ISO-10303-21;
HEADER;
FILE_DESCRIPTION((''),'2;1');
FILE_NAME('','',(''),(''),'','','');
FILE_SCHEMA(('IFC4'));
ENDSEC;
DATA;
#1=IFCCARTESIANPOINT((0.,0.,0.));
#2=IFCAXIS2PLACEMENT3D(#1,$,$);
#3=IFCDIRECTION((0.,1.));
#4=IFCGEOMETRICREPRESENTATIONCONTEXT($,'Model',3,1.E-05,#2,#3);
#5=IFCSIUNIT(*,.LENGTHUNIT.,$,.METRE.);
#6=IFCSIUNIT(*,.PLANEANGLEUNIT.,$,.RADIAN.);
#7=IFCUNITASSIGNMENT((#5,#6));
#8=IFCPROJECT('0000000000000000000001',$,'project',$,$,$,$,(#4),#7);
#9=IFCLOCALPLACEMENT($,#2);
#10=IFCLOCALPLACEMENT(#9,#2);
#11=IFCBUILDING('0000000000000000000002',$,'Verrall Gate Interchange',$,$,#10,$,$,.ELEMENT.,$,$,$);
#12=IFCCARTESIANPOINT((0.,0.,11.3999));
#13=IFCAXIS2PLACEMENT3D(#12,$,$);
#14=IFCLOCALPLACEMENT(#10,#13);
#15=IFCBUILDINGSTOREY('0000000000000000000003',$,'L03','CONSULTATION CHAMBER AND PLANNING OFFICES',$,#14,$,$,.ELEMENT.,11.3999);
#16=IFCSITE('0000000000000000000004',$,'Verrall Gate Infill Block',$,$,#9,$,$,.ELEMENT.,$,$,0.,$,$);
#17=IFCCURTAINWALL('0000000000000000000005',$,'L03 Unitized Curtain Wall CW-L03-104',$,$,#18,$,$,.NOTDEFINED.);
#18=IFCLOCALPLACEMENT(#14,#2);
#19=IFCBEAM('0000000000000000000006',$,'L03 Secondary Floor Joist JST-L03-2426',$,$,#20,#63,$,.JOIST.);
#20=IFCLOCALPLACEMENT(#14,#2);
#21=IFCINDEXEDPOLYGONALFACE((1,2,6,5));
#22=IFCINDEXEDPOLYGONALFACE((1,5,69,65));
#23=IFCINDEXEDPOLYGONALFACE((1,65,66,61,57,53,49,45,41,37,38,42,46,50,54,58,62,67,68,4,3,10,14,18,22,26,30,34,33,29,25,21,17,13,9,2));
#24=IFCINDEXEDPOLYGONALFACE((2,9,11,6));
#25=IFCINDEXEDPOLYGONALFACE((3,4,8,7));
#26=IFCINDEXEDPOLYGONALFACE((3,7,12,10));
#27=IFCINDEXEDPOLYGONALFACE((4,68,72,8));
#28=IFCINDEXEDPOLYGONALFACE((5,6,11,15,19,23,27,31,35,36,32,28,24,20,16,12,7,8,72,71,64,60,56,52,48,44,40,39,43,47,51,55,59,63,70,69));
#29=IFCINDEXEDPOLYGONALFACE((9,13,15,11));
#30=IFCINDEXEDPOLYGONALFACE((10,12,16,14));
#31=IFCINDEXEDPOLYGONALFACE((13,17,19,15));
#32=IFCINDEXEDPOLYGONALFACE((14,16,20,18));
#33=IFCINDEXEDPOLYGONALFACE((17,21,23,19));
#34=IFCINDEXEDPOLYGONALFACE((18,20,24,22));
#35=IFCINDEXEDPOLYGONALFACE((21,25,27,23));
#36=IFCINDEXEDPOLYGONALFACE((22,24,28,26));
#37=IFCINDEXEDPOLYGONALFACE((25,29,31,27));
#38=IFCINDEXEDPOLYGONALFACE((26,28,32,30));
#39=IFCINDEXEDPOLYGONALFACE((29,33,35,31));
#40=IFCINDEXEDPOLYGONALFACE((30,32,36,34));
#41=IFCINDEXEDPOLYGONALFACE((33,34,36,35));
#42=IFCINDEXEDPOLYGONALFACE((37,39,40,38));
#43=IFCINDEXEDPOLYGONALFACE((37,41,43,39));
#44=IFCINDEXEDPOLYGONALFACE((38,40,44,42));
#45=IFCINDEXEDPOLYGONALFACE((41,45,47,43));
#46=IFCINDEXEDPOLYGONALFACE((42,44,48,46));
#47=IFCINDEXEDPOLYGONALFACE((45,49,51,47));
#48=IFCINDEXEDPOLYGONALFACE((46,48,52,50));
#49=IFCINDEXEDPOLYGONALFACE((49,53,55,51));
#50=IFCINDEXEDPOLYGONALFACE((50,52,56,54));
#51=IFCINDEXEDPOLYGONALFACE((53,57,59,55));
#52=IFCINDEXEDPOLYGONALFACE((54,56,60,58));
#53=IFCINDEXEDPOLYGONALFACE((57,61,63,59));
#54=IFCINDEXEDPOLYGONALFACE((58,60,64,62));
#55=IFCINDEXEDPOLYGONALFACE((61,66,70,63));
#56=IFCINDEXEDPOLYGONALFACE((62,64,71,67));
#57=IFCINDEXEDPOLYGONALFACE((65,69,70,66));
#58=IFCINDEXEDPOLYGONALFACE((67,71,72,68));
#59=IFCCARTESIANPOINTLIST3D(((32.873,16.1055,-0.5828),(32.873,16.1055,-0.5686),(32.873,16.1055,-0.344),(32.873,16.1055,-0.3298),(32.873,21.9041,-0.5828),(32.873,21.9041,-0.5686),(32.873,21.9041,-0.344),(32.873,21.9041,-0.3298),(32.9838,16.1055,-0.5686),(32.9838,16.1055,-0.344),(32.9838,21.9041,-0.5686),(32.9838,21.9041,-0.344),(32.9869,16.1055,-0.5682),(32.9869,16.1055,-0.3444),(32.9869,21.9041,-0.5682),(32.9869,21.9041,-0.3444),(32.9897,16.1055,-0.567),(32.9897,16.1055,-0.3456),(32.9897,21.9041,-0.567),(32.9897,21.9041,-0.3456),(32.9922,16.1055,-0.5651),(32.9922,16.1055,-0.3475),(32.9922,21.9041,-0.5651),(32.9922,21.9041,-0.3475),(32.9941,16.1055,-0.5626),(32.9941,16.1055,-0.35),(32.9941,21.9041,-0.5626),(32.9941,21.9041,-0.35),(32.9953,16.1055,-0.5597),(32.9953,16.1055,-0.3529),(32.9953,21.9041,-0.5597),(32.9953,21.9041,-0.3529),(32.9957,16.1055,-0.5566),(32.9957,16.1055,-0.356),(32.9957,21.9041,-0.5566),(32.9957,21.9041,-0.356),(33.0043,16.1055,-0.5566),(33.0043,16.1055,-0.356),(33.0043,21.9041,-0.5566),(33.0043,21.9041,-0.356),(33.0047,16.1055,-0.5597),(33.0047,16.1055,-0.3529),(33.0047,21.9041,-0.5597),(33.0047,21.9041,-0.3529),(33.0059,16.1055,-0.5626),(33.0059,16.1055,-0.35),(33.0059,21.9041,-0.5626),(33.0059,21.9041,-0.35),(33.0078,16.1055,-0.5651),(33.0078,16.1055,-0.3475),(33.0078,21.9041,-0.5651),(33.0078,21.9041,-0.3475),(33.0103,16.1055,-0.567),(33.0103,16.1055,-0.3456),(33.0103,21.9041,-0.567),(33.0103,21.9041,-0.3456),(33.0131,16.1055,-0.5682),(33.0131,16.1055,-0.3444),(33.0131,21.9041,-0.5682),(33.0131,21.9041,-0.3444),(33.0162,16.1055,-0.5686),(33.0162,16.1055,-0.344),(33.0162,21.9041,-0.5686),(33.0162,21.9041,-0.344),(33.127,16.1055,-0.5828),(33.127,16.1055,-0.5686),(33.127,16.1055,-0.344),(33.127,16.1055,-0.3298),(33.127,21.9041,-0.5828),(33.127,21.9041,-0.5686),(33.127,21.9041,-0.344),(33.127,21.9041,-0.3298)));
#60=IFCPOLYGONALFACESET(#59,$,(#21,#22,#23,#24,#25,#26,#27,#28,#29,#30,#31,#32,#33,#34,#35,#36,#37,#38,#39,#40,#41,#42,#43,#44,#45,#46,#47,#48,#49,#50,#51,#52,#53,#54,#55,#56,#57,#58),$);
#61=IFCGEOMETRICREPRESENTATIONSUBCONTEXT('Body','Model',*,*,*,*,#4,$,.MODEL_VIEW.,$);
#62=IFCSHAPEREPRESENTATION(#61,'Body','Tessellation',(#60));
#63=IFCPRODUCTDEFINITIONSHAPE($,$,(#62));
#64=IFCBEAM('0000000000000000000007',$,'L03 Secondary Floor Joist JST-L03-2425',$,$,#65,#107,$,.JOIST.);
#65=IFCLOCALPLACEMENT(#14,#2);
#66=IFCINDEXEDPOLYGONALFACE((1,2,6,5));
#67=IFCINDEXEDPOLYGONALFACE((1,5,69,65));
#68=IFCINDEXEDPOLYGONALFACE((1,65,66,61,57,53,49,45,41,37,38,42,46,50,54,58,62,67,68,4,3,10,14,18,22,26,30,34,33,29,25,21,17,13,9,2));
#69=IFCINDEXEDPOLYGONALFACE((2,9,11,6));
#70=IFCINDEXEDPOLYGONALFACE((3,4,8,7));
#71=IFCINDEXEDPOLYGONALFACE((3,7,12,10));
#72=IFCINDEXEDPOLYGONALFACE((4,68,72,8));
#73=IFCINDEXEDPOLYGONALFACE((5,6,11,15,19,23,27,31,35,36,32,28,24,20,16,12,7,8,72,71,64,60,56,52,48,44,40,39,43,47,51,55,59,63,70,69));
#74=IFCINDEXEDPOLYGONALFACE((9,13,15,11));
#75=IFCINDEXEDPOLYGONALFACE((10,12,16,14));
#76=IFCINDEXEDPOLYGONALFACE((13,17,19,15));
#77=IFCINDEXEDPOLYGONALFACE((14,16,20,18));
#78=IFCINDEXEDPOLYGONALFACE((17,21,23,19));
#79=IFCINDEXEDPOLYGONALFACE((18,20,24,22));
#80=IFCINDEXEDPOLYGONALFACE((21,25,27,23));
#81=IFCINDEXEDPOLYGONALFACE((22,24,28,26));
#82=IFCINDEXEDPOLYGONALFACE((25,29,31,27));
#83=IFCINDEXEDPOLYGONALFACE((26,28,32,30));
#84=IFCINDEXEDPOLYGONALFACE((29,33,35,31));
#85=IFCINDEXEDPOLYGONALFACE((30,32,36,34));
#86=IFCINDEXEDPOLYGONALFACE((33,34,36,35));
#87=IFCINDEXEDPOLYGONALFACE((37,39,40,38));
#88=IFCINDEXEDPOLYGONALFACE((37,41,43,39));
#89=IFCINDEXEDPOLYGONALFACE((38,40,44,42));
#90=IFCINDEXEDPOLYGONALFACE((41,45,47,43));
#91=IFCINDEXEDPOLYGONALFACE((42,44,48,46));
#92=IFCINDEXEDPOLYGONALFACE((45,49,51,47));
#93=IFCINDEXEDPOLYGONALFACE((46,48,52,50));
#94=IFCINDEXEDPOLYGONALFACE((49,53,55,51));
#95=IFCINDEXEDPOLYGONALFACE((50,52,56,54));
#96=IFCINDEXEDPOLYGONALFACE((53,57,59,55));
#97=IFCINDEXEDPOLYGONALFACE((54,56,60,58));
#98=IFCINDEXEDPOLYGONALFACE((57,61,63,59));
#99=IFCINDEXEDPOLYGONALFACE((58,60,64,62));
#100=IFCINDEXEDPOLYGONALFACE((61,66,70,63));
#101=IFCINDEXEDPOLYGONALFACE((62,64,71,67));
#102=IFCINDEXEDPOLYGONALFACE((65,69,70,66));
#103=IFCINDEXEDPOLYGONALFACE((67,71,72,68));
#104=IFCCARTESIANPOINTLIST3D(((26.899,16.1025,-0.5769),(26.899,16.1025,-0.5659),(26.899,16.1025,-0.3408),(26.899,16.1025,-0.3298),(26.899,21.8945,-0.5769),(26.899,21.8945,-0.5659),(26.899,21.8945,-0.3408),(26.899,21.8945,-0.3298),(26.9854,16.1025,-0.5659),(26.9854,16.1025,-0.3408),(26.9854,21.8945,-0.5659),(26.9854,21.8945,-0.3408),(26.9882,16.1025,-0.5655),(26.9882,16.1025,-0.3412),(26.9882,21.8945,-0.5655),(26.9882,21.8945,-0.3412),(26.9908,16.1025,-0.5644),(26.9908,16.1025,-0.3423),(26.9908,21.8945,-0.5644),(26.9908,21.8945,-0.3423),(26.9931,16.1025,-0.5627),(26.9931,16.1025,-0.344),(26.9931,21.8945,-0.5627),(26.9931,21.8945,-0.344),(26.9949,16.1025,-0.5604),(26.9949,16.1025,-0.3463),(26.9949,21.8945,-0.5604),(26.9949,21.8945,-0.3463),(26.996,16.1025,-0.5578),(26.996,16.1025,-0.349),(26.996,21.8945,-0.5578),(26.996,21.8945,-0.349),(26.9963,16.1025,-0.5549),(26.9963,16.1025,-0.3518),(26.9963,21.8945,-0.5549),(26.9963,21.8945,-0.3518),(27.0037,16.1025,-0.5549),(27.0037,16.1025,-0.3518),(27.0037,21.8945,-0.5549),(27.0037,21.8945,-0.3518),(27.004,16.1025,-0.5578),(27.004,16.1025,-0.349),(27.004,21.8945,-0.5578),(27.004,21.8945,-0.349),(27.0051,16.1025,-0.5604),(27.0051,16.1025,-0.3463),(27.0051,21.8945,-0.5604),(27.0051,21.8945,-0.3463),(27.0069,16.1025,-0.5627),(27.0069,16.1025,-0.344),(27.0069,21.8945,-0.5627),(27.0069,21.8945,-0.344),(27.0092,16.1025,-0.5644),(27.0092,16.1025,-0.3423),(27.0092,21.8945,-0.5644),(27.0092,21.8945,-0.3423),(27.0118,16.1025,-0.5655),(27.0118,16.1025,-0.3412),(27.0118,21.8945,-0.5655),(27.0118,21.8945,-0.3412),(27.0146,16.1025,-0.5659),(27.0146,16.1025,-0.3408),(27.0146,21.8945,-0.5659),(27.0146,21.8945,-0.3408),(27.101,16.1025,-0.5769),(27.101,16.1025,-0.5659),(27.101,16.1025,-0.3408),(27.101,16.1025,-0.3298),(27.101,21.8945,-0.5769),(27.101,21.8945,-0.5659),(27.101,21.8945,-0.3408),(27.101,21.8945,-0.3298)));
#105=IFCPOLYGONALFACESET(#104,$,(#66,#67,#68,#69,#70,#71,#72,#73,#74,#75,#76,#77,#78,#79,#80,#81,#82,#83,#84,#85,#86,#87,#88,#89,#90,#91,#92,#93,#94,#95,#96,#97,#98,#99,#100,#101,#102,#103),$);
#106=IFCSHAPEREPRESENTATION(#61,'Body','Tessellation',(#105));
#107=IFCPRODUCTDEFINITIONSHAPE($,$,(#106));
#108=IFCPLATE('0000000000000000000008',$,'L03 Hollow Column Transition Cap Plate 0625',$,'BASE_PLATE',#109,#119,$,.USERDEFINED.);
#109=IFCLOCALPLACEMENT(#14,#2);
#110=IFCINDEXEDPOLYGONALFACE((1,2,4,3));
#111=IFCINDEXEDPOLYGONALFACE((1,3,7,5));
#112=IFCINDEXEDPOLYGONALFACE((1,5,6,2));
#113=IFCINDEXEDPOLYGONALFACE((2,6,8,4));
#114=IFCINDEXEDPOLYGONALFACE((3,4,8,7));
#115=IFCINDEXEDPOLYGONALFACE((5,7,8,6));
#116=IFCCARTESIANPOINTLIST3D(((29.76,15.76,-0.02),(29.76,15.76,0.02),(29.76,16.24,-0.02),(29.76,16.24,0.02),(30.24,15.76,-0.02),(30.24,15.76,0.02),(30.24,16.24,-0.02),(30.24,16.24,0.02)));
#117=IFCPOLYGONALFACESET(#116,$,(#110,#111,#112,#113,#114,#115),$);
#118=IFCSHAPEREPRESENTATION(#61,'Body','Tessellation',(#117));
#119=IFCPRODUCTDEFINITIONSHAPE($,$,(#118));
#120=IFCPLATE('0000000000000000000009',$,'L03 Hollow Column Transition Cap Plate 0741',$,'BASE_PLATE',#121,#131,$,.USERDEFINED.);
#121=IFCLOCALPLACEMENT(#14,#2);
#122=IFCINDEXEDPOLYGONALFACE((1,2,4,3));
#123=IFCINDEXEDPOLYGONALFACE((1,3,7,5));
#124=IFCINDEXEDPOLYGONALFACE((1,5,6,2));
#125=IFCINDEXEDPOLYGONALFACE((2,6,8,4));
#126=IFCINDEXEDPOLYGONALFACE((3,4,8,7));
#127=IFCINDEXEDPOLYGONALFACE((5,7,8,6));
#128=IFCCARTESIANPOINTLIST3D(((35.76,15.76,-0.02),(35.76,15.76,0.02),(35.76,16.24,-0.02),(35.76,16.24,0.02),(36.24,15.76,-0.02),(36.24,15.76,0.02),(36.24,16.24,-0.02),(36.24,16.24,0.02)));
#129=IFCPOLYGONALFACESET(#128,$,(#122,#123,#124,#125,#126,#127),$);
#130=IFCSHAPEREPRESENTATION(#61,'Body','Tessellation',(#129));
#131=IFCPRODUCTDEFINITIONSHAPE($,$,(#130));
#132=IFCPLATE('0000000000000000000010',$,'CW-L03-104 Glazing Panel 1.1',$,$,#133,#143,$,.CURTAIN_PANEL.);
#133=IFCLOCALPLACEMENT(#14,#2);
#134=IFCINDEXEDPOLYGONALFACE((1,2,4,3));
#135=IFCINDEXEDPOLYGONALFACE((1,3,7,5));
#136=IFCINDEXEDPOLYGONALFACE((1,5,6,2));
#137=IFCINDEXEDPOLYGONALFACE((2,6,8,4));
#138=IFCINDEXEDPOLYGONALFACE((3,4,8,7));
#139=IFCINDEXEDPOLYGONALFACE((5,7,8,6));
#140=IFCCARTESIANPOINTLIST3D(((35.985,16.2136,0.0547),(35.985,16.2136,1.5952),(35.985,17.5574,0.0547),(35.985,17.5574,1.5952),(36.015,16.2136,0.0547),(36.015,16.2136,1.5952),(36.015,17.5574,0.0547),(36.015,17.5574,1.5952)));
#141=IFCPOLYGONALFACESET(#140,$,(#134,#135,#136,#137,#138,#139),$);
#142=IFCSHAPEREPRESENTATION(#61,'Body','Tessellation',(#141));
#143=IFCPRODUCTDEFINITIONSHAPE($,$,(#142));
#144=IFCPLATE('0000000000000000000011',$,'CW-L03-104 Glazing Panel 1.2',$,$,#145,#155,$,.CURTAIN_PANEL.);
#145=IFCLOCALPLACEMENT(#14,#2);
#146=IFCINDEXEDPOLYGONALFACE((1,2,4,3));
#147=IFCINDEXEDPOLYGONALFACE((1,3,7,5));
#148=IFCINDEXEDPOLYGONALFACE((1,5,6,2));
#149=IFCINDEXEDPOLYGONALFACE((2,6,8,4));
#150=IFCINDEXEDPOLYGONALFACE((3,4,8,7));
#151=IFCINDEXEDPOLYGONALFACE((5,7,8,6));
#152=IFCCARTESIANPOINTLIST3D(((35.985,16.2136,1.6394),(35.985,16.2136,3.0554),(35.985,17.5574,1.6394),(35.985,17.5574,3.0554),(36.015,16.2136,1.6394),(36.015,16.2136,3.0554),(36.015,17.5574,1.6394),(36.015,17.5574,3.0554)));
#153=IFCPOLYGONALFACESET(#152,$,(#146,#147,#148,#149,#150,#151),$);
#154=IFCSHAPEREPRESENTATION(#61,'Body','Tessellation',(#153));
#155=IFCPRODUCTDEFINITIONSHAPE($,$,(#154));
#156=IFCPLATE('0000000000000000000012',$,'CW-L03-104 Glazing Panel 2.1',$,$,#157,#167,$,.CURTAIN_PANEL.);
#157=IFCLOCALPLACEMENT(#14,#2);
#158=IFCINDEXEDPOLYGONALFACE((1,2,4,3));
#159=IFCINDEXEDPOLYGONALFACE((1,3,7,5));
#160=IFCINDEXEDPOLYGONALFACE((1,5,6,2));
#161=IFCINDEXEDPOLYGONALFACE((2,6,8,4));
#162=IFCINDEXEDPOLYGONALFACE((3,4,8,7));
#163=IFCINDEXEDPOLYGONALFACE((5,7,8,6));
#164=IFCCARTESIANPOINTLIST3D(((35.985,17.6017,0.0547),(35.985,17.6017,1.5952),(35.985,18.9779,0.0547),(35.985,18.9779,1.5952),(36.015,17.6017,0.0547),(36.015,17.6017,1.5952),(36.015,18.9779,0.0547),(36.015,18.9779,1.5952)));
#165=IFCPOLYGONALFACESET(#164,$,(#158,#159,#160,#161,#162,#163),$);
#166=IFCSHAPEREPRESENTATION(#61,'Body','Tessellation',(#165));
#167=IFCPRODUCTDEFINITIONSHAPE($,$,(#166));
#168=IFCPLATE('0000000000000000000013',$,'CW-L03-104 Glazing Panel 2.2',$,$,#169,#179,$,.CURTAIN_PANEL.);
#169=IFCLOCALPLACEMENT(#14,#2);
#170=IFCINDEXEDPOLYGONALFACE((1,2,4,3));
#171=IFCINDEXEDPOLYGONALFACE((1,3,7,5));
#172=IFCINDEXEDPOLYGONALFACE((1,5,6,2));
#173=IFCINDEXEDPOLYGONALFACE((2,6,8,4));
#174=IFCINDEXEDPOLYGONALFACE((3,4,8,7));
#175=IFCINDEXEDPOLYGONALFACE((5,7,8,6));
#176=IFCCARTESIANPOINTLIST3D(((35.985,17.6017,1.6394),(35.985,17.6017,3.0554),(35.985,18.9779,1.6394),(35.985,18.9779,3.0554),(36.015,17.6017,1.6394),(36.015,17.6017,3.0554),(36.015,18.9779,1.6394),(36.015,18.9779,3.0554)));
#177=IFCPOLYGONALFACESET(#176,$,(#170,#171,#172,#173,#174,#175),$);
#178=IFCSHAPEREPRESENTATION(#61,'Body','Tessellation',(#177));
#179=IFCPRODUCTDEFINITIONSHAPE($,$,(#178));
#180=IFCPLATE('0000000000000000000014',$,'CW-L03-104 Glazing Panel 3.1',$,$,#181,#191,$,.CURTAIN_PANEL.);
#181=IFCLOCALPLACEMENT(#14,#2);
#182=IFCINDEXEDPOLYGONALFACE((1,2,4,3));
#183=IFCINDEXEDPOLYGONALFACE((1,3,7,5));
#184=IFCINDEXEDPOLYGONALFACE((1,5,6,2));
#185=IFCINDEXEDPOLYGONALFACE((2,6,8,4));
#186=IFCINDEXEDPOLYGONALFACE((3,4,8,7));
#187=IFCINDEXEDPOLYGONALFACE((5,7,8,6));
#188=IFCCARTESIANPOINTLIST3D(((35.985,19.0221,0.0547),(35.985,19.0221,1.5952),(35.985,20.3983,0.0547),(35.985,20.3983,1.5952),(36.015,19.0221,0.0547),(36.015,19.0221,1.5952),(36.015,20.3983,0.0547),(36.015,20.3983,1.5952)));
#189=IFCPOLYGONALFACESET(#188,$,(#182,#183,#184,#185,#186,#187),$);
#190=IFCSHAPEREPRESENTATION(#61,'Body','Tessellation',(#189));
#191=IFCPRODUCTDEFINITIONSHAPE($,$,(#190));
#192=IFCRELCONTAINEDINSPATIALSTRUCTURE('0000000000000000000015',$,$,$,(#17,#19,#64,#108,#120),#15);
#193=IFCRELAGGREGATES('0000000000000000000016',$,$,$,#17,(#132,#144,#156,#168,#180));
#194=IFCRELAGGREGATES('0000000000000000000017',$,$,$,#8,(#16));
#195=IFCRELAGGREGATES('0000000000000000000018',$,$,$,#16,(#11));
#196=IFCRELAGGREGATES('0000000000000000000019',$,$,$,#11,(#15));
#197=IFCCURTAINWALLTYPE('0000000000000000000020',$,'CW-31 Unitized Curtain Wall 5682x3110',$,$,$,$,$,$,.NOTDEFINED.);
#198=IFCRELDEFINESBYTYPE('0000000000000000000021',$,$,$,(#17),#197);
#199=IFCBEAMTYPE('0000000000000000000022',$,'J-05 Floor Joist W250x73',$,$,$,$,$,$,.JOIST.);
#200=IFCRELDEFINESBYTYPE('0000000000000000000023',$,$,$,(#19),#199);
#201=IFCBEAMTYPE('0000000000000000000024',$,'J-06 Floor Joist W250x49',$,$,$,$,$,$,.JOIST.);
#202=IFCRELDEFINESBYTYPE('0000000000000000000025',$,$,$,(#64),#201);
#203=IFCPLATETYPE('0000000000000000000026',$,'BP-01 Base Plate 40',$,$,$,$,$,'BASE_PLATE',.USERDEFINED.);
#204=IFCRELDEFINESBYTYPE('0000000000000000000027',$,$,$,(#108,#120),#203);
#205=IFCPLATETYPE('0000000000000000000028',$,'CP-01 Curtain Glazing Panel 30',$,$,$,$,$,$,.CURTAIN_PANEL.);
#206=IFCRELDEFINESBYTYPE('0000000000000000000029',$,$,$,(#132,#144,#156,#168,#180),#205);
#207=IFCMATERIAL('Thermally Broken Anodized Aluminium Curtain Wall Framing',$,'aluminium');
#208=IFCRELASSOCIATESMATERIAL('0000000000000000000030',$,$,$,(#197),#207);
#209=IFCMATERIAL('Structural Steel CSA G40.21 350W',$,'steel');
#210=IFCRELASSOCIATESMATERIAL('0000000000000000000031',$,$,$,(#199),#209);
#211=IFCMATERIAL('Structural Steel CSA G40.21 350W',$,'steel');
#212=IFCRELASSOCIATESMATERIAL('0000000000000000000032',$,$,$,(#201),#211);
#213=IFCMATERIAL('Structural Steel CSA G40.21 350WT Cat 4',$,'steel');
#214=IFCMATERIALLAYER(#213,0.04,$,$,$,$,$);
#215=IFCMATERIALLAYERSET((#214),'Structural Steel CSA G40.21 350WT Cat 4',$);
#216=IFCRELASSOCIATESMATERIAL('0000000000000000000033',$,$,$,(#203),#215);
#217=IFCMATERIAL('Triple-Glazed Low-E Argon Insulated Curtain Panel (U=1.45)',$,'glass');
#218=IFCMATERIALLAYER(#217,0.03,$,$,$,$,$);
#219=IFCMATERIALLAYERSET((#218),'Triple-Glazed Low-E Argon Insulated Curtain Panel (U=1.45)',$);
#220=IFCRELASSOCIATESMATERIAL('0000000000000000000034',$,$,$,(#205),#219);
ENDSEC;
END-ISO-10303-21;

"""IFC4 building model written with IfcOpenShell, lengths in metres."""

from ifc_helpers import new_model, si_unit, direction, frame, origin, origin_2d, place, context, subcontext, project, spatial, rectangle, i_section, extrude, material, layer, layer_set, material_profile, profile_set, type_object, element, aggregate, save


model = new_model("IFC4")

# Units and contexts
model_context = context("Model", 3, precision=1e-05, world=origin(), true_north=direction((0.0, 1.0)))
body_context = subcontext(model_context, "Body", "Model", "MODEL_VIEW")
ifc_project = project(units=[si_unit("LENGTHUNIT", "METRE"), si_unit("PLANEANGLEUNIT", "RADIAN")], contexts=[model_context])

# Site, building, storey
site_placement = place(None, origin())
site = spatial("IfcSite", under=ifc_project, at=site_placement, Name="Verrall Gate Infill Block", CompositionType="ELEMENT", RefElevation=0.0)
building_placement = place(site_placement, origin())
building = spatial("IfcBuilding", under=site, at=building_placement, Name="Verrall Gate Interchange", CompositionType="ELEMENT")
storey_placement = place(building_placement, frame((0.0, 0.0, 11.3999)))
storey = spatial("IfcBuildingStorey", under=building, at=storey_placement, Name="L03", Description="CONSULTATION CHAMBER AND PLANNING OFFICES", CompositionType="ELEMENT", Elevation=11.3999)

# Curtain wall
ifc_material_1 = material(Name="Thermally Broken Anodized Aluminium Curtain Wall Framing", Category="aluminium")
curtain_wall_type = type_object("IfcCurtainWallType", Name="CW-31 Unitized Curtain Wall 5682x3110", PredefinedType="NOTDEFINED", material=ifc_material_1)
curtain_wall_placement = place(storey_placement, origin())
curtain_wall = element("IfcCurtainWall", 1, at=curtain_wall_placement, inside=storey, type_object=curtain_wall_type, Name="L03 Unitized Curtain Wall CW-L03-104", PredefinedType="NOTDEFINED")

# Beams
ifc_material_2 = material(Name="Structural Steel CSA G40.21 350W", Category="steel")
ifc_material_profile_1 = material_profile(ifc_material_2, i_section(OverallWidth=0.2539, OverallDepth=0.2529, WebThickness=0.0085, FlangeThickness=0.0142, FilletRadius=0.012, at=origin_2d()), Name="W250x73")
ifc_profile_set_1 = profile_set([ifc_material_profile_1], Name="Structural Steel CSA G40.21 350W")
beam_type_1 = type_object("IfcBeamType", Name="J-05 Floor Joist W250x73", PredefinedType="JOIST", material=ifc_profile_set_1)
beam_1_placement = place(storey_placement, frame((33.0, 16.1055, -0.4563), z_axis=(0.0, 1.0, 0.0), x_axis=(-1.0, 0.0, 0.0)))
element("IfcBeam", 2, at=beam_1_placement, inside=storey, type_object=beam_type_1, Name="L03 Secondary Floor Joist JST-L03-2426", PredefinedType="JOIST", context=body_context, shape_type="SweptSolid", body=[
    extrude(i_section(OverallWidth=0.2539, OverallDepth=0.2529, WebThickness=0.0085, FlangeThickness=0.0142, FilletRadius=0.012, at=origin_2d()), origin(), (0.0, 0.0, 1.0), 5.7986),
])
ifc_material_3 = material(Name="Structural Steel CSA G40.21 350W", Category="steel")
ifc_material_profile_2 = material_profile(ifc_material_3, i_section(OverallWidth=0.2019, OverallDepth=0.2471, WebThickness=0.0073, FlangeThickness=0.011, FilletRadius=0.011, at=origin_2d()), Name="W250x49")
ifc_profile_set_2 = profile_set([ifc_material_profile_2], Name="Structural Steel CSA G40.21 350W")
beam_type_2 = type_object("IfcBeamType", Name="J-06 Floor Joist W250x49", PredefinedType="JOIST", material=ifc_profile_set_2)
beam_2_placement = place(storey_placement, frame((27.0, 16.1025, -0.4534), z_axis=(0.0, 1.0, 0.0), x_axis=(-1.0, 0.0, 0.0)))
element("IfcBeam", 3, at=beam_2_placement, inside=storey, type_object=beam_type_2, Name="L03 Secondary Floor Joist JST-L03-2425", PredefinedType="JOIST", context=body_context, shape_type="SweptSolid", body=[
    extrude(i_section(OverallWidth=0.2019, OverallDepth=0.2471, WebThickness=0.0073, FlangeThickness=0.011, FilletRadius=0.011, at=origin_2d()), origin(), (0.0, 0.0, 1.0), 5.792),
])

# Plates
ifc_material_4 = material(Name="Structural Steel CSA G40.21 350WT Cat 4", Category="steel")
ifc_layer_1 = layer(ifc_material_4, 0.04)
ifc_layer_set_1 = layer_set([ifc_layer_1], Name="Structural Steel CSA G40.21 350WT Cat 4")
plate_type_1 = type_object("IfcPlateType", Name="BP-01 Base Plate 40", ElementType="BASE_PLATE", PredefinedType="USERDEFINED", material=ifc_layer_set_1)
for number, where, z_axis, x_axis, name in (
    (4, (30.0, 16.0, -0.02), (0.0, 0.0, 1.0), (1.0, 0.0, 0.0), "L03 Hollow Column Transition Cap Plate 0625"),
    (5, (36.0, 16.0, -0.02), (0.0, 0.0, 1.0), (1.0, 0.0, 0.0), "L03 Hollow Column Transition Cap Plate 0741"),
):
    element("IfcPlate", number, at=place(storey_placement, frame(where, z_axis=z_axis, x_axis=x_axis)), inside=storey, type_object=plate_type_1, Name=name, ObjectType="BASE_PLATE", PredefinedType="USERDEFINED", context=body_context, shape_type="SweptSolid", body=[
        extrude(rectangle(XDim=0.48, YDim=0.48, at=origin_2d()), origin(), (0.0, 0.0, 1.0), 0.04),
    ])

# Plates
ifc_material_5 = material(Name="Triple-Glazed Low-E Argon Insulated Curtain Panel (U=1.45)", Category="glass")
ifc_layer_2 = layer(ifc_material_5, 0.03)
ifc_layer_set_2 = layer_set([ifc_layer_2], Name="Triple-Glazed Low-E Argon Insulated Curtain Panel (U=1.45)")
plate_type_2 = type_object("IfcPlateType", Name="CP-01 Curtain Glazing Panel 30", PredefinedType="CURTAIN_PANEL", material=ifc_layer_set_2)
plate_1_placement = place(storey_placement, frame((36.0, 16.8855, 0.0547), z_axis=(0.0, 0.0, 1.0), x_axis=(0.0, 1.0, 0.0)))
plate_1 = element("IfcPlate", 6, at=plate_1_placement, type_object=plate_type_2, Name="CW-L03-104 Glazing Panel 1.1", PredefinedType="CURTAIN_PANEL", context=body_context, shape_type="SweptSolid", body=[
    extrude(rectangle(XDim=1.3438, YDim=0.03, at=origin_2d()), origin(), (0.0, 0.0, 1.0), 1.5405),
])
plate_2_placement = place(storey_placement, frame((36.0, 16.8855, 1.6394), z_axis=(0.0, 0.0, 1.0), x_axis=(0.0, 1.0, 0.0)))
plate_2 = element("IfcPlate", 7, at=plate_2_placement, type_object=plate_type_2, Name="CW-L03-104 Glazing Panel 1.2", PredefinedType="CURTAIN_PANEL", context=body_context, shape_type="SweptSolid", body=[
    extrude(rectangle(XDim=1.3438, YDim=0.03, at=origin_2d()), origin(), (0.0, 0.0, 1.0), 1.416),
])
plate_3_placement = place(storey_placement, frame((36.0, 18.2898, 0.0547), z_axis=(0.0, 0.0, 1.0), x_axis=(0.0, 1.0, 0.0)))
plate_3 = element("IfcPlate", 8, at=plate_3_placement, type_object=plate_type_2, Name="CW-L03-104 Glazing Panel 2.1", PredefinedType="CURTAIN_PANEL", context=body_context, shape_type="SweptSolid", body=[
    extrude(rectangle(XDim=1.3762, YDim=0.03, at=origin_2d()), origin(), (0.0, 0.0, 1.0), 1.5405),
])
plate_4_placement = place(storey_placement, frame((36.0, 18.2898, 1.6394), z_axis=(0.0, 0.0, 1.0), x_axis=(0.0, 1.0, 0.0)))
plate_4 = element("IfcPlate", 9, at=plate_4_placement, type_object=plate_type_2, Name="CW-L03-104 Glazing Panel 2.2", PredefinedType="CURTAIN_PANEL", context=body_context, shape_type="SweptSolid", body=[
    extrude(rectangle(XDim=1.3762, YDim=0.03, at=origin_2d()), origin(), (0.0, 0.0, 1.0), 1.416),
])
plate_5_placement = place(storey_placement, frame((36.0, 19.7102, 0.0547), z_axis=(0.0, 0.0, 1.0), x_axis=(0.0, 1.0, 0.0)))
plate_5 = element("IfcPlate", 10, at=plate_5_placement, type_object=plate_type_2, Name="CW-L03-104 Glazing Panel 3.1", PredefinedType="CURTAIN_PANEL", context=body_context, shape_type="SweptSolid", body=[
    extrude(rectangle(XDim=1.3762, YDim=0.03, at=origin_2d()), origin(), (0.0, 0.0, 1.0), 1.5405),
])
aggregate(curtain_wall, [plate_1, plate_2, plate_3, plate_4, plate_5])

save(model, "model.ifc")
